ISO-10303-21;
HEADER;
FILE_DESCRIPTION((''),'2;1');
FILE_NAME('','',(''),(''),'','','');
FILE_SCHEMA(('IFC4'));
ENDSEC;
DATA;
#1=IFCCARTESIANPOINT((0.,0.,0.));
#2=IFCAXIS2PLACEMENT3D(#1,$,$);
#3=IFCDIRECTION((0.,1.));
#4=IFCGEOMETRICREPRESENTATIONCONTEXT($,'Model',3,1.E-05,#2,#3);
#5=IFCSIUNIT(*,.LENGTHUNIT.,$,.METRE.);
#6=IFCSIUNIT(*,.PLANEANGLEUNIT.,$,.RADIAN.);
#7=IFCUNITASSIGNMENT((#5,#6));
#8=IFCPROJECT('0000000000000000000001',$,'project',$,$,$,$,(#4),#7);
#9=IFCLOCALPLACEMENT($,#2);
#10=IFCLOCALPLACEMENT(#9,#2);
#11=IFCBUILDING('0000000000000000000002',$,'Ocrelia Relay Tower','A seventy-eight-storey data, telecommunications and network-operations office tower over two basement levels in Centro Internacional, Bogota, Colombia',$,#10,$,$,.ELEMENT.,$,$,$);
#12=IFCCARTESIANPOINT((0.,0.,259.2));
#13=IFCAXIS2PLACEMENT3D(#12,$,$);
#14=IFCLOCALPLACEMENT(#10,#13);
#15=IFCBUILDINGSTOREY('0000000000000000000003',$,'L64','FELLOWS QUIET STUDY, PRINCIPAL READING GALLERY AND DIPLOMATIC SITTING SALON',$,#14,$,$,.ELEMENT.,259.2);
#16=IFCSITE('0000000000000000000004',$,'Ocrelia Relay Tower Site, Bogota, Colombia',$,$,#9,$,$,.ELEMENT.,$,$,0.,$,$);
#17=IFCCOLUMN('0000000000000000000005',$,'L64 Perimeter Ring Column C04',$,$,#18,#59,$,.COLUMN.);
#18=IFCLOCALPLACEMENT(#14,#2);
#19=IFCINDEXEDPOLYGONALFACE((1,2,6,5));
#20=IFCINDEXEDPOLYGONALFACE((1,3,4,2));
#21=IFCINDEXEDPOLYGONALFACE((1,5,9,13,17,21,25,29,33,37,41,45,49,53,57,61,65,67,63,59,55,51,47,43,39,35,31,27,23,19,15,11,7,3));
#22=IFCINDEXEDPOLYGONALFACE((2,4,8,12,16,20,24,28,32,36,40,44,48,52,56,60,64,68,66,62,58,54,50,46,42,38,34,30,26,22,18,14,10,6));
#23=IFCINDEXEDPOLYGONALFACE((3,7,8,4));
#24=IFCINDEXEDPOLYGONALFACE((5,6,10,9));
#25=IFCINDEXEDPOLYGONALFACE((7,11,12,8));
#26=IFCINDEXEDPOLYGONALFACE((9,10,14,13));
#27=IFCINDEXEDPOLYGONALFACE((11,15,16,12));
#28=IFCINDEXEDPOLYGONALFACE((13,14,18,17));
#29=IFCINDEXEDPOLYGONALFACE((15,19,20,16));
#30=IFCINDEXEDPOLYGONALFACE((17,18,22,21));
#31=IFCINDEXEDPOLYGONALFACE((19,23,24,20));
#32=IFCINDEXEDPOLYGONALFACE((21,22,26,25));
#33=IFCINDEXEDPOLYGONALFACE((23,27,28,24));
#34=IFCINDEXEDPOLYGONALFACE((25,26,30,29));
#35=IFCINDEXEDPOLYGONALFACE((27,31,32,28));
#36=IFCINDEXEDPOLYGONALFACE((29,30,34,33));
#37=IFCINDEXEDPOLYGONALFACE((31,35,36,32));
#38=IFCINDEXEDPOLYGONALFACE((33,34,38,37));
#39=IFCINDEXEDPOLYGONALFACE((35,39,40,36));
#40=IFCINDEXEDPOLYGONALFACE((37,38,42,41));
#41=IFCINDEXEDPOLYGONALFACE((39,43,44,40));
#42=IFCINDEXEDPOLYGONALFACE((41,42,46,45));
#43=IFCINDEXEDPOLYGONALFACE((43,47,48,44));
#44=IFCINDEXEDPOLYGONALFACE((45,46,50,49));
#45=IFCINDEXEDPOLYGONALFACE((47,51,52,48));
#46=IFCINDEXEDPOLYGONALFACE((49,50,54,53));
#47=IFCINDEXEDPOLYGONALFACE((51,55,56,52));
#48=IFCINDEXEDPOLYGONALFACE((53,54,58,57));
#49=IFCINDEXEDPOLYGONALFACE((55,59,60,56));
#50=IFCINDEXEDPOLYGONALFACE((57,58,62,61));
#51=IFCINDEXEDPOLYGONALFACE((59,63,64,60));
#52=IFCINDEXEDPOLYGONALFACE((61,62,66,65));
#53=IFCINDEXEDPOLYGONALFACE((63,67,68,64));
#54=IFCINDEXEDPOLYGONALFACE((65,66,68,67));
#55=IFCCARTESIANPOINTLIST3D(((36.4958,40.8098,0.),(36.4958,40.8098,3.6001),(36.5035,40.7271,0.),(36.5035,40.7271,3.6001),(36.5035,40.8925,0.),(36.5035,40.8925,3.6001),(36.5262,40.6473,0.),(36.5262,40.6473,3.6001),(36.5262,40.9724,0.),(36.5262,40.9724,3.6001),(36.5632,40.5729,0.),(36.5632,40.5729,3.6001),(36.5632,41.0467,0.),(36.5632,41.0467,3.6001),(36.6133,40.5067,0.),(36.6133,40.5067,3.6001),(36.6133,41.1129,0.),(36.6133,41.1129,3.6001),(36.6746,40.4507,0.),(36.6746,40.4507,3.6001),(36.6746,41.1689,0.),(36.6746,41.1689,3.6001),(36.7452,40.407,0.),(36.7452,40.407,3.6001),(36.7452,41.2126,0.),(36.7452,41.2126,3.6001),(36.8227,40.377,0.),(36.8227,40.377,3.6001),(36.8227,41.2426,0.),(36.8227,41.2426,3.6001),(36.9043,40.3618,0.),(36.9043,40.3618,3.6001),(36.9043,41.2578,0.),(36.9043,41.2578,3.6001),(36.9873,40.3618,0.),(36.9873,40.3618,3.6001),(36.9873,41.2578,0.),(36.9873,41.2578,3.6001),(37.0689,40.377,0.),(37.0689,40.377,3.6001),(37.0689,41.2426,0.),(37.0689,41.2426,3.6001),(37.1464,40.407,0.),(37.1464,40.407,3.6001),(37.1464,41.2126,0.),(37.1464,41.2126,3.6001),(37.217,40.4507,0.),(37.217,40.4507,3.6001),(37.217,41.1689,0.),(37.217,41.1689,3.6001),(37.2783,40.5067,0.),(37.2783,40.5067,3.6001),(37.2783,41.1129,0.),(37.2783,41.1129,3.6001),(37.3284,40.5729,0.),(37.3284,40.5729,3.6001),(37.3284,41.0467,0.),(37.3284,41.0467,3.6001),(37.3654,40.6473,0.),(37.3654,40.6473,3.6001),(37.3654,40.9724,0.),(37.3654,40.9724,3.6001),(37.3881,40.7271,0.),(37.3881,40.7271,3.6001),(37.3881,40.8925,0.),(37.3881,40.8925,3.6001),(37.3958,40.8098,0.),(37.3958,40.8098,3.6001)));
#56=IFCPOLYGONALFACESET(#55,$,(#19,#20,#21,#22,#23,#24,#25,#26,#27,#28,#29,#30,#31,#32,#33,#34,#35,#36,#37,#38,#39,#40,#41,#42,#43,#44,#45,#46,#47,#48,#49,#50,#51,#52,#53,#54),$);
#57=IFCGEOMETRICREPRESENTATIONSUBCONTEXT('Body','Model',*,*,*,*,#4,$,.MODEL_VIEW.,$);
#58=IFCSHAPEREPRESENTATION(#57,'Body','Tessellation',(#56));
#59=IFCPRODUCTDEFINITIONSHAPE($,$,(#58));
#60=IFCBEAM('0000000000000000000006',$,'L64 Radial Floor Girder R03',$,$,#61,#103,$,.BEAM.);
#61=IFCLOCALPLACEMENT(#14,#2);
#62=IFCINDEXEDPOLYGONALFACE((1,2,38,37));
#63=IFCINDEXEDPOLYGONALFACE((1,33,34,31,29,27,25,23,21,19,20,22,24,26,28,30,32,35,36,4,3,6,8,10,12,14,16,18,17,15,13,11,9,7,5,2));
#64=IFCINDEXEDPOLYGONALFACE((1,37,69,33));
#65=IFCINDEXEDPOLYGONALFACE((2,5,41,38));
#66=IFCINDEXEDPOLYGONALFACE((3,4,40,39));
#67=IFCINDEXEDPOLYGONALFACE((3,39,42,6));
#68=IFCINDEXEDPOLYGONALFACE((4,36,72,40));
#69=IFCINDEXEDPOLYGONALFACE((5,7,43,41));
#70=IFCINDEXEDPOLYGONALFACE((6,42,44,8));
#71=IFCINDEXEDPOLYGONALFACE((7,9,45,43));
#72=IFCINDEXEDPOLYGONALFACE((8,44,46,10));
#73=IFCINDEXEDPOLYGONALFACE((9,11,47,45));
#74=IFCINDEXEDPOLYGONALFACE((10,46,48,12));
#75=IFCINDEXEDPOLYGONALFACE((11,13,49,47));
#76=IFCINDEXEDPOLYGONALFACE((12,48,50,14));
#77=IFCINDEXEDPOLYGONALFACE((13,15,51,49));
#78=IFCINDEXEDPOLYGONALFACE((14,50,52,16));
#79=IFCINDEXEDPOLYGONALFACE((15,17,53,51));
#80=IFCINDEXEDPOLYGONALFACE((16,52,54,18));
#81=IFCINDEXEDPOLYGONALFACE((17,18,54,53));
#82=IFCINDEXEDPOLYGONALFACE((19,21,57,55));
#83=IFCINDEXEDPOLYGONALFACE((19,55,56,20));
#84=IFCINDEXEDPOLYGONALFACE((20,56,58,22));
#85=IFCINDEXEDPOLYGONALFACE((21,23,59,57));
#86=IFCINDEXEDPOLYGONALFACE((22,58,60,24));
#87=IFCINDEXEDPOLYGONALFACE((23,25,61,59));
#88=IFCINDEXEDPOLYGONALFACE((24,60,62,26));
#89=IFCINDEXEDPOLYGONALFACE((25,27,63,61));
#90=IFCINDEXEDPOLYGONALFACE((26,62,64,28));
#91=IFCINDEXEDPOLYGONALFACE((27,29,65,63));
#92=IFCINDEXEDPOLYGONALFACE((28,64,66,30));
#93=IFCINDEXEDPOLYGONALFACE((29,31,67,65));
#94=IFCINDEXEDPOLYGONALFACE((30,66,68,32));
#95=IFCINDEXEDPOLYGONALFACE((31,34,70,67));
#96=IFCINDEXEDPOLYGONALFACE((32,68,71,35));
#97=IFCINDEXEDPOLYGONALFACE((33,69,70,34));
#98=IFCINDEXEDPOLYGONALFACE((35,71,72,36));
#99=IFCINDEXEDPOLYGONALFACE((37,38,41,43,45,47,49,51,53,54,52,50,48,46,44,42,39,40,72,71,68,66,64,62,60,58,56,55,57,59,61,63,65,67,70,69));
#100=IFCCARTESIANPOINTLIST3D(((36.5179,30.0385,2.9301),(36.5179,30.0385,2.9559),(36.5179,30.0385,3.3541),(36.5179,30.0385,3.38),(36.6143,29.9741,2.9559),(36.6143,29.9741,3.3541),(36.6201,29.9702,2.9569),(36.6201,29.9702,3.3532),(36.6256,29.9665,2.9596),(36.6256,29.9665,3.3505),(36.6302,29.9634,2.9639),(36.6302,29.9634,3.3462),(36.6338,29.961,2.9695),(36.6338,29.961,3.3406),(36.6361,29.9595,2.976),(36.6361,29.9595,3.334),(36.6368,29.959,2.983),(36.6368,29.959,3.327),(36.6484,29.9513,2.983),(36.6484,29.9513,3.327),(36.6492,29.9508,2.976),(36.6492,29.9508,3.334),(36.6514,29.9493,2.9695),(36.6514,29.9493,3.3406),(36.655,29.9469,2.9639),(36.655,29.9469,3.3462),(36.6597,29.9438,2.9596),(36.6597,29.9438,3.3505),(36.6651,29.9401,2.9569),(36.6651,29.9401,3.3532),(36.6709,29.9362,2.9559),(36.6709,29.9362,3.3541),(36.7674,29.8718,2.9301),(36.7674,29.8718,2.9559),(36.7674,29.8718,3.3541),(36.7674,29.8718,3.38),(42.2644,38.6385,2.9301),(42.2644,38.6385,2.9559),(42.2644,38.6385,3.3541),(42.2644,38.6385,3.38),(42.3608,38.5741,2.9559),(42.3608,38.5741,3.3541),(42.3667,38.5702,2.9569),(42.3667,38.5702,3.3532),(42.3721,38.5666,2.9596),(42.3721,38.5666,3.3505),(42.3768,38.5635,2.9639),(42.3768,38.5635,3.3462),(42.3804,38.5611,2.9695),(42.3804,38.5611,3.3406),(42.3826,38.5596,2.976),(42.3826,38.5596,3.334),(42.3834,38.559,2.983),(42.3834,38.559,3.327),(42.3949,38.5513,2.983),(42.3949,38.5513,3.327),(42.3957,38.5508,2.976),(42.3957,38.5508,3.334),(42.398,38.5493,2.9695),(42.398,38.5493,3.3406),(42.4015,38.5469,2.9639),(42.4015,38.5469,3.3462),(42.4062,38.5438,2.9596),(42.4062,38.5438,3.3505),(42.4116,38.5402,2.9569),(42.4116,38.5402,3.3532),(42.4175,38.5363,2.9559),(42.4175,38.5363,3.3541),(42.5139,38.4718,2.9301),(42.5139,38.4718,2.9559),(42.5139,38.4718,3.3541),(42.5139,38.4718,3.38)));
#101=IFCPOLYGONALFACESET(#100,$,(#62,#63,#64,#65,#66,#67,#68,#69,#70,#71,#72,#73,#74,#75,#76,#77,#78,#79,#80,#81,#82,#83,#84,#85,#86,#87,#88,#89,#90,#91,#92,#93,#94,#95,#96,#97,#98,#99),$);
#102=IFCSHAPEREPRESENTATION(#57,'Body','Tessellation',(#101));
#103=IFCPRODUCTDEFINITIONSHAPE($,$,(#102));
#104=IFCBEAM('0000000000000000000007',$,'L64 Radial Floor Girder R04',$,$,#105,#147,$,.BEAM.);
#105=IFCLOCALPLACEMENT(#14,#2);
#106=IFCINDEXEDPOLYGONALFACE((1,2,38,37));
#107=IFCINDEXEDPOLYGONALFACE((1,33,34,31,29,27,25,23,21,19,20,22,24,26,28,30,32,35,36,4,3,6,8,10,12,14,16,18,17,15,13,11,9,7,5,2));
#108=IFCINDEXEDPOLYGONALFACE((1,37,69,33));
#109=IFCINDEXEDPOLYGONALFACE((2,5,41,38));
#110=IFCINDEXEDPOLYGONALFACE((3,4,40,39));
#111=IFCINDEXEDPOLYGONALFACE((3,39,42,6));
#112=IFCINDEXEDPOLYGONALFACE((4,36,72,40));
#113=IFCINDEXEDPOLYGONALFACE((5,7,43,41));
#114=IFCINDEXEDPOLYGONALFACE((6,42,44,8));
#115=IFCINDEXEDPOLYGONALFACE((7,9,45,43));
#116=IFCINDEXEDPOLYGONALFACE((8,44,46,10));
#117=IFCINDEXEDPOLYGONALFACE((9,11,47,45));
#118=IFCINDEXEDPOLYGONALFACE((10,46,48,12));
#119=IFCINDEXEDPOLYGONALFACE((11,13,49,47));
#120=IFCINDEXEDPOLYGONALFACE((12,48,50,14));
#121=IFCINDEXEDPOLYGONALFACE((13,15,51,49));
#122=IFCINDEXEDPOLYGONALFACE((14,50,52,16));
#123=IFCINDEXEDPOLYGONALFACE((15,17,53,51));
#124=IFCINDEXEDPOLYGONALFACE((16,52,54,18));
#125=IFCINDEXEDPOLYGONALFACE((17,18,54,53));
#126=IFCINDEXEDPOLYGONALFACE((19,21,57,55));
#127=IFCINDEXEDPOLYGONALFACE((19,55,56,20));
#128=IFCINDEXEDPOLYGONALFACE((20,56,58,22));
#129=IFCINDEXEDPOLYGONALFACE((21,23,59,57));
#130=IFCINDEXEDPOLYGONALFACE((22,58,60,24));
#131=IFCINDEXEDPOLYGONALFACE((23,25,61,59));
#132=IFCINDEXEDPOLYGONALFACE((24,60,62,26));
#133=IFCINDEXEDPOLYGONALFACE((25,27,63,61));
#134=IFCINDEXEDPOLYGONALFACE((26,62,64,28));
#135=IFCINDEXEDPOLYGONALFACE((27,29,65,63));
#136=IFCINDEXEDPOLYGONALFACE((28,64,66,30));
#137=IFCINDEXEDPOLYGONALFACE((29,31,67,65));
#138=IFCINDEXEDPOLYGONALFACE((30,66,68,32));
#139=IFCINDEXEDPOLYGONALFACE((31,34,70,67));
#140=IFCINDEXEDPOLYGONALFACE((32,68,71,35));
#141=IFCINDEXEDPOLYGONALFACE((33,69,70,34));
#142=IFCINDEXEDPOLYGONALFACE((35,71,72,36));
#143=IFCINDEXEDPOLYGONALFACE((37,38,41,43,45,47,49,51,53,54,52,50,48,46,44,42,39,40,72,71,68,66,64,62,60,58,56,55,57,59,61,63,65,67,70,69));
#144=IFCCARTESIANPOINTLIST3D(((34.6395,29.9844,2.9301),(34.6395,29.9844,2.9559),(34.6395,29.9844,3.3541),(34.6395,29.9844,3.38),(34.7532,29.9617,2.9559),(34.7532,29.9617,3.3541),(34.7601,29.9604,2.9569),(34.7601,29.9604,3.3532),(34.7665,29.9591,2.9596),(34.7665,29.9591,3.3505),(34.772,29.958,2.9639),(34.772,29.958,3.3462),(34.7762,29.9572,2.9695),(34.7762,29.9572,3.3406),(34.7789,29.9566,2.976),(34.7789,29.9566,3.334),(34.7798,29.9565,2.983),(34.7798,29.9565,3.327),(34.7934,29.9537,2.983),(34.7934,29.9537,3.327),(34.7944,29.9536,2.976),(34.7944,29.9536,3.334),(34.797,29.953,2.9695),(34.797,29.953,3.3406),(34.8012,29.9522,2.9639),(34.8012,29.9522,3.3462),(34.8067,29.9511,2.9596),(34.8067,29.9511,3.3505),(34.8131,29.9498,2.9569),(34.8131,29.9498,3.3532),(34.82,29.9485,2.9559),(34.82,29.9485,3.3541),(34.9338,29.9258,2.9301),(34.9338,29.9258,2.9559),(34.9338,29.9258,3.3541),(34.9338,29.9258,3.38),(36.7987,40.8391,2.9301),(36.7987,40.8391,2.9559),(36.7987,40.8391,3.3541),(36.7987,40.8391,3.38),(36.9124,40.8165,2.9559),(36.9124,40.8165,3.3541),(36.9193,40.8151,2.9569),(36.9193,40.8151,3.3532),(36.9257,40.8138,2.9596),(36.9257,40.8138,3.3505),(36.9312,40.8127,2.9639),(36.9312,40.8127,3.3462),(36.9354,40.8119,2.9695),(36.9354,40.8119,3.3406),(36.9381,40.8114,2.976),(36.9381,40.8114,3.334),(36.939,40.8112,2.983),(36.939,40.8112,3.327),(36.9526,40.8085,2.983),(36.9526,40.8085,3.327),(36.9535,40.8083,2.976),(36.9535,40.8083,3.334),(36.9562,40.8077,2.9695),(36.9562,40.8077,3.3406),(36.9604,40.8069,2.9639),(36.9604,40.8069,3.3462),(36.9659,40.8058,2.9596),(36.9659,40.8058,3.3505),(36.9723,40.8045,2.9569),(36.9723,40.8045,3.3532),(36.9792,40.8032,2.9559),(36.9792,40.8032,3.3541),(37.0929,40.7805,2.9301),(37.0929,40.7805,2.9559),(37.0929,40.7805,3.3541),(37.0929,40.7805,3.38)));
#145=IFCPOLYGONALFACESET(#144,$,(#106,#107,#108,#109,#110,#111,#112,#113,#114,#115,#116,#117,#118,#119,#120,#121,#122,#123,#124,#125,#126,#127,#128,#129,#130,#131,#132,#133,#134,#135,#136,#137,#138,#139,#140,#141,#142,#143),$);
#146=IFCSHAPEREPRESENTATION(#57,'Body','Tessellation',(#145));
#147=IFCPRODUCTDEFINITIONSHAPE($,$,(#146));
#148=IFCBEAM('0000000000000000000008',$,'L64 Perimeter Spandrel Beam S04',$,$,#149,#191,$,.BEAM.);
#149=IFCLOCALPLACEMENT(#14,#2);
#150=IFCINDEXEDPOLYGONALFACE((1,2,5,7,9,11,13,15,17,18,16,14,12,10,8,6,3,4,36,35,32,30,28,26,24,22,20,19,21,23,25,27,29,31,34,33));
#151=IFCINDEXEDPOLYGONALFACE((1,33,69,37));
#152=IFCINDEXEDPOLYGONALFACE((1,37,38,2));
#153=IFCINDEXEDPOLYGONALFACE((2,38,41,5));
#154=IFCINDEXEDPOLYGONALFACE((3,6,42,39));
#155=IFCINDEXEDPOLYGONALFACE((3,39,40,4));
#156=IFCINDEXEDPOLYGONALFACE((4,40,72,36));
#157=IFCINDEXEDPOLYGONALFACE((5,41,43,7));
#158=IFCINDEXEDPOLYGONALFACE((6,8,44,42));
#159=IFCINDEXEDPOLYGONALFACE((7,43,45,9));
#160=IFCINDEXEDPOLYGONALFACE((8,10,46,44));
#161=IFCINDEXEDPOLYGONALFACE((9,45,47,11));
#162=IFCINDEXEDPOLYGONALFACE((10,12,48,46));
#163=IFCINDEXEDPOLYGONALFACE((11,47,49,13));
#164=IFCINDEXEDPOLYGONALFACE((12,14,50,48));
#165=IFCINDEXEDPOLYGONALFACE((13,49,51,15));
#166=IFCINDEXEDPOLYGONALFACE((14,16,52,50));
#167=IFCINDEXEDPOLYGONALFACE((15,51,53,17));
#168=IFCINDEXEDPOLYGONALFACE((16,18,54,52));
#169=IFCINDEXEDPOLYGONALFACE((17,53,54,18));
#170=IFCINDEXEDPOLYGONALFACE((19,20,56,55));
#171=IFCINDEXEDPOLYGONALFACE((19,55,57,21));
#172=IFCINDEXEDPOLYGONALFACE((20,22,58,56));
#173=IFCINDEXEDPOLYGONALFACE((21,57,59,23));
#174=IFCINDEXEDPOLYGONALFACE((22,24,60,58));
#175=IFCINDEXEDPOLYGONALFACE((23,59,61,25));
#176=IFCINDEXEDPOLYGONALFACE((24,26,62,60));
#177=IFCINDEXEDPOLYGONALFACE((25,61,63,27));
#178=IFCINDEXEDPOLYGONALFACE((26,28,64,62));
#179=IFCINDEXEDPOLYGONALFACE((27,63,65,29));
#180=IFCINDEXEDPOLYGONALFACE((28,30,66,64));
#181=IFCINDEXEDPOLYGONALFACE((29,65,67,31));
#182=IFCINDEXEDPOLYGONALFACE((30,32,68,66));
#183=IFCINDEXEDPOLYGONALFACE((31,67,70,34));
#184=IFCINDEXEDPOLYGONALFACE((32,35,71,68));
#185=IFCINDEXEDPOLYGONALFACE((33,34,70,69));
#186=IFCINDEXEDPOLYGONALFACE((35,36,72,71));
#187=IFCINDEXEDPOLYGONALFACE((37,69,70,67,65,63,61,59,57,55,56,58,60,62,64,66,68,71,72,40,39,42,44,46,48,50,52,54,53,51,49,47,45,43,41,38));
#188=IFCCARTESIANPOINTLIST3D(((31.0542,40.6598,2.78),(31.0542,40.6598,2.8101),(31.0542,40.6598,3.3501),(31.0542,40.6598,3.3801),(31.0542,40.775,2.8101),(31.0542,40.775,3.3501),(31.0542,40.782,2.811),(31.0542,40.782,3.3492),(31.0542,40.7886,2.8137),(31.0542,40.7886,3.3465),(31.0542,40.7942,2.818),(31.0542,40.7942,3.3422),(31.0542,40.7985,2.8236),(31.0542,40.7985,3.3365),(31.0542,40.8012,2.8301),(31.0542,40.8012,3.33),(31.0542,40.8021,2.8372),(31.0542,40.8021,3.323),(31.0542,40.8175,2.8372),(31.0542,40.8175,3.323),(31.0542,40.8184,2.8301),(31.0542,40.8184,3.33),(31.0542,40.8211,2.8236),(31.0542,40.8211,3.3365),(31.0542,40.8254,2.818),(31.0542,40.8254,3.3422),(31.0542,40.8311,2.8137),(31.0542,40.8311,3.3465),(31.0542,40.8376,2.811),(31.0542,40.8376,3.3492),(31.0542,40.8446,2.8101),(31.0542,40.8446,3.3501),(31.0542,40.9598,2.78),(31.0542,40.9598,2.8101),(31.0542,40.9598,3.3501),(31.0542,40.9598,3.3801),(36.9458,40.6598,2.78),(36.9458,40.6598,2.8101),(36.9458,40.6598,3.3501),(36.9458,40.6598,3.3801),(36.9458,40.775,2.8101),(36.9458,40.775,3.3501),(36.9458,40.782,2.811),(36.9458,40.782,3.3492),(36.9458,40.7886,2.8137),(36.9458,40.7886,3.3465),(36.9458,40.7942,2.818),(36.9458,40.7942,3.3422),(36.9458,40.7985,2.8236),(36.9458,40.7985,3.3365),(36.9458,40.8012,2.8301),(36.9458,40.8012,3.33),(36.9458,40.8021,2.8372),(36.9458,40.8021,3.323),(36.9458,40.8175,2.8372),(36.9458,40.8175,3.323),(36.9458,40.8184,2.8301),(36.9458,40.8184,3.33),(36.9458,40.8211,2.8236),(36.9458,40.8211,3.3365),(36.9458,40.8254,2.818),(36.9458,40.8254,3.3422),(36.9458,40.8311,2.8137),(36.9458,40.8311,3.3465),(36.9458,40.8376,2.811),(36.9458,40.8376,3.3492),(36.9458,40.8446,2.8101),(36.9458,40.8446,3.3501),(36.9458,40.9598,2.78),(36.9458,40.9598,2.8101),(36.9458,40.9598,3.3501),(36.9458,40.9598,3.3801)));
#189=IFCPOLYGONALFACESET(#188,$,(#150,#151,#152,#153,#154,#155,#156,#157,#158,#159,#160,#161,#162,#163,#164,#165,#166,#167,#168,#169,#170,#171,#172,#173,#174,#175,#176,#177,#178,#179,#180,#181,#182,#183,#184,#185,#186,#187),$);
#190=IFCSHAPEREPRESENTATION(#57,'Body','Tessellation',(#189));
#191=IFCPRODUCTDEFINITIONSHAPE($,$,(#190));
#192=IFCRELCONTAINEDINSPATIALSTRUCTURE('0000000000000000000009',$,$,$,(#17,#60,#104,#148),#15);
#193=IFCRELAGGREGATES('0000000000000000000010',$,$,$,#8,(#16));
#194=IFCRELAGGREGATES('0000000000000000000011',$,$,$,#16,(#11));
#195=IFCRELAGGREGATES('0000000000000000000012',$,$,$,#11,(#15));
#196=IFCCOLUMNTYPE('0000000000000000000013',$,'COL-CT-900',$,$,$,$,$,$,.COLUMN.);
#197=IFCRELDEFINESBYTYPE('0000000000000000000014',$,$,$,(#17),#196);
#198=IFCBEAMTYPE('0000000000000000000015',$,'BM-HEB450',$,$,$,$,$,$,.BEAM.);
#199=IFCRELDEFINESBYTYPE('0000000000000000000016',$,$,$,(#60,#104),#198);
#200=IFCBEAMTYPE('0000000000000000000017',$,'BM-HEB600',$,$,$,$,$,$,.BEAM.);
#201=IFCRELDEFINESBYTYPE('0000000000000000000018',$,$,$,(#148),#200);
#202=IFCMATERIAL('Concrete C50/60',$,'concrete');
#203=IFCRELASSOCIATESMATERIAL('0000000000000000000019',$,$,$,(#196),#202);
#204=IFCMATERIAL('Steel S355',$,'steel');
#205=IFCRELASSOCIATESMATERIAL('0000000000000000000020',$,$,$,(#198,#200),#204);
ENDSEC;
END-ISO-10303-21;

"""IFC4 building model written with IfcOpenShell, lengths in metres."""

from ifc_helpers import new_model, si_unit, direction, frame, origin, origin_2d, place, context, subcontext, project, spatial, circle, i_section, extrude, material, material_profile, profile_set, type_object, element, save


model = new_model("IFC4")

# Units and contexts
model_context = context("Model", 3, precision=1e-05, world=origin(), true_north=direction((0.0, 1.0)))
body_context = subcontext(model_context, "Body", "Model", "MODEL_VIEW")
ifc_project = project(units=[si_unit("LENGTHUNIT", "METRE"), si_unit("PLANEANGLEUNIT", "RADIAN")], contexts=[model_context])

# Site, building, storey
site_placement = place(None, origin())
site = spatial("IfcSite", under=ifc_project, at=site_placement, Name="Ocrelia Relay Tower Site, Bogota, Colombia", CompositionType="ELEMENT", RefElevation=0.0)
building_placement = place(site_placement, origin())
building = spatial("IfcBuilding", under=site, at=building_placement, Name="Ocrelia Relay Tower", Description="A seventy-eight-storey data, telecommunications and network-operations office tower over two basement levels in Centro Internacional, Bogota, Colombia", CompositionType="ELEMENT")
storey_placement = place(building_placement, frame((0.0, 0.0, 259.2)))
storey = spatial("IfcBuildingStorey", under=building, at=storey_placement, Name="L64", Description="FELLOWS QUIET STUDY, PRINCIPAL READING GALLERY AND DIPLOMATIC SITTING SALON", CompositionType="ELEMENT", Elevation=259.2)

# Column
ifc_material_1 = material(Name="Concrete C50/60", Category="concrete")
ifc_material_profile_1 = material_profile(ifc_material_1, circle(Radius=0.45, at=origin_2d()), Name="RC-CIR-900")
ifc_profile_set_1 = profile_set([ifc_material_profile_1], Name="Concrete C50/60")
column_type = type_object("IfcColumnType", Name="COL-CT-900", PredefinedType="COLUMN", material=ifc_profile_set_1)
column_placement = place(storey_placement, frame((36.9458, 40.8098, 0.0), z_axis=(0.0, 0.0, 1.0), x_axis=(1.0, 0.0, 0.0)))
element("IfcColumn", 1, at=column_placement, inside=storey, type_object=column_type, Name="L64 Perimeter Ring Column C04", PredefinedType="COLUMN", context=body_context, shape_type="SweptSolid", body=[
    extrude(circle(Radius=0.45, at=origin_2d()), origin(), (0.0, 0.0, 1.0), 3.6001),
])

# Beams
ifc_material_2 = material(Name="Steel S355", Category="steel")
ifc_material_profile_2 = material_profile(ifc_material_2, i_section(OverallWidth=0.3, OverallDepth=0.45, WebThickness=0.0139, FlangeThickness=0.0259, FilletRadius=0.0271, at=origin_2d()), Name="HEB 450")
ifc_profile_set_2 = profile_set([ifc_material_profile_2], Name="Steel S355")
beam_type_1 = type_object("IfcBeamType", Name="BM-HEB450", PredefinedType="BEAM", material=ifc_profile_set_2)
beam_1_placement = place(storey_placement, frame((42.3892, 38.5552, 3.155), z_axis=(-0.555582, -0.831462, 0.0), x_axis=(0.831462, -0.555582, 0.0)))
element("IfcBeam", 2, at=beam_1_placement, inside=storey, type_object=beam_type_1, Name="L64 Radial Floor Girder R03", PredefinedType="BEAM", context=body_context, shape_type="SweptSolid", body=[
    extrude(i_section(OverallWidth=0.3, OverallDepth=0.45, WebThickness=0.0139, FlangeThickness=0.0259, FilletRadius=0.0271, at=origin_2d()), origin(), (0.0, 0.0, 1.0), 10.3433),
])
beam_2_placement = place(storey_placement, frame((36.9458, 40.8098, 3.155), z_axis=(-0.195094, -0.980785, 0.0), x_axis=(0.980785, -0.195094, 0.0)))
element("IfcBeam", 3, at=beam_2_placement, inside=storey, type_object=beam_type_1, Name="L64 Radial Floor Girder R04", PredefinedType="BEAM", context=body_context, shape_type="SweptSolid", body=[
    extrude(i_section(OverallWidth=0.3, OverallDepth=0.45, WebThickness=0.0139, FlangeThickness=0.0259, FilletRadius=0.0271, at=origin_2d()), origin(), (0.0, 0.0, 1.0), 11.0674),
])
ifc_material_profile_3 = material_profile(ifc_material_2, i_section(OverallWidth=0.3, OverallDepth=0.6001, WebThickness=0.0154, FlangeThickness=0.03, FilletRadius=0.0271, at=origin_2d()), Name="HEB 600")
ifc_profile_set_3 = profile_set([ifc_material_profile_3], Name="Steel S355")
beam_type_2 = type_object("IfcBeamType", Name="BM-HEB600", PredefinedType="BEAM", material=ifc_profile_set_3)
beam_3_placement = place(storey_placement, frame((36.9458, 40.8098, 3.0801), z_axis=(-1.0, 0.0, 0.0), x_axis=(0.0, -1.0, 0.0)))
element("IfcBeam", 4, at=beam_3_placement, inside=storey, type_object=beam_type_2, Name="L64 Perimeter Spandrel Beam S04", PredefinedType="BEAM", context=body_context, shape_type="SweptSolid", body=[
    extrude(i_section(OverallWidth=0.3, OverallDepth=0.6001, WebThickness=0.0154, FlangeThickness=0.03, FilletRadius=0.0271, at=origin_2d()), origin(), (0.0, 0.0, 1.0), 5.8916),
])

save(model, "model.ifc")
